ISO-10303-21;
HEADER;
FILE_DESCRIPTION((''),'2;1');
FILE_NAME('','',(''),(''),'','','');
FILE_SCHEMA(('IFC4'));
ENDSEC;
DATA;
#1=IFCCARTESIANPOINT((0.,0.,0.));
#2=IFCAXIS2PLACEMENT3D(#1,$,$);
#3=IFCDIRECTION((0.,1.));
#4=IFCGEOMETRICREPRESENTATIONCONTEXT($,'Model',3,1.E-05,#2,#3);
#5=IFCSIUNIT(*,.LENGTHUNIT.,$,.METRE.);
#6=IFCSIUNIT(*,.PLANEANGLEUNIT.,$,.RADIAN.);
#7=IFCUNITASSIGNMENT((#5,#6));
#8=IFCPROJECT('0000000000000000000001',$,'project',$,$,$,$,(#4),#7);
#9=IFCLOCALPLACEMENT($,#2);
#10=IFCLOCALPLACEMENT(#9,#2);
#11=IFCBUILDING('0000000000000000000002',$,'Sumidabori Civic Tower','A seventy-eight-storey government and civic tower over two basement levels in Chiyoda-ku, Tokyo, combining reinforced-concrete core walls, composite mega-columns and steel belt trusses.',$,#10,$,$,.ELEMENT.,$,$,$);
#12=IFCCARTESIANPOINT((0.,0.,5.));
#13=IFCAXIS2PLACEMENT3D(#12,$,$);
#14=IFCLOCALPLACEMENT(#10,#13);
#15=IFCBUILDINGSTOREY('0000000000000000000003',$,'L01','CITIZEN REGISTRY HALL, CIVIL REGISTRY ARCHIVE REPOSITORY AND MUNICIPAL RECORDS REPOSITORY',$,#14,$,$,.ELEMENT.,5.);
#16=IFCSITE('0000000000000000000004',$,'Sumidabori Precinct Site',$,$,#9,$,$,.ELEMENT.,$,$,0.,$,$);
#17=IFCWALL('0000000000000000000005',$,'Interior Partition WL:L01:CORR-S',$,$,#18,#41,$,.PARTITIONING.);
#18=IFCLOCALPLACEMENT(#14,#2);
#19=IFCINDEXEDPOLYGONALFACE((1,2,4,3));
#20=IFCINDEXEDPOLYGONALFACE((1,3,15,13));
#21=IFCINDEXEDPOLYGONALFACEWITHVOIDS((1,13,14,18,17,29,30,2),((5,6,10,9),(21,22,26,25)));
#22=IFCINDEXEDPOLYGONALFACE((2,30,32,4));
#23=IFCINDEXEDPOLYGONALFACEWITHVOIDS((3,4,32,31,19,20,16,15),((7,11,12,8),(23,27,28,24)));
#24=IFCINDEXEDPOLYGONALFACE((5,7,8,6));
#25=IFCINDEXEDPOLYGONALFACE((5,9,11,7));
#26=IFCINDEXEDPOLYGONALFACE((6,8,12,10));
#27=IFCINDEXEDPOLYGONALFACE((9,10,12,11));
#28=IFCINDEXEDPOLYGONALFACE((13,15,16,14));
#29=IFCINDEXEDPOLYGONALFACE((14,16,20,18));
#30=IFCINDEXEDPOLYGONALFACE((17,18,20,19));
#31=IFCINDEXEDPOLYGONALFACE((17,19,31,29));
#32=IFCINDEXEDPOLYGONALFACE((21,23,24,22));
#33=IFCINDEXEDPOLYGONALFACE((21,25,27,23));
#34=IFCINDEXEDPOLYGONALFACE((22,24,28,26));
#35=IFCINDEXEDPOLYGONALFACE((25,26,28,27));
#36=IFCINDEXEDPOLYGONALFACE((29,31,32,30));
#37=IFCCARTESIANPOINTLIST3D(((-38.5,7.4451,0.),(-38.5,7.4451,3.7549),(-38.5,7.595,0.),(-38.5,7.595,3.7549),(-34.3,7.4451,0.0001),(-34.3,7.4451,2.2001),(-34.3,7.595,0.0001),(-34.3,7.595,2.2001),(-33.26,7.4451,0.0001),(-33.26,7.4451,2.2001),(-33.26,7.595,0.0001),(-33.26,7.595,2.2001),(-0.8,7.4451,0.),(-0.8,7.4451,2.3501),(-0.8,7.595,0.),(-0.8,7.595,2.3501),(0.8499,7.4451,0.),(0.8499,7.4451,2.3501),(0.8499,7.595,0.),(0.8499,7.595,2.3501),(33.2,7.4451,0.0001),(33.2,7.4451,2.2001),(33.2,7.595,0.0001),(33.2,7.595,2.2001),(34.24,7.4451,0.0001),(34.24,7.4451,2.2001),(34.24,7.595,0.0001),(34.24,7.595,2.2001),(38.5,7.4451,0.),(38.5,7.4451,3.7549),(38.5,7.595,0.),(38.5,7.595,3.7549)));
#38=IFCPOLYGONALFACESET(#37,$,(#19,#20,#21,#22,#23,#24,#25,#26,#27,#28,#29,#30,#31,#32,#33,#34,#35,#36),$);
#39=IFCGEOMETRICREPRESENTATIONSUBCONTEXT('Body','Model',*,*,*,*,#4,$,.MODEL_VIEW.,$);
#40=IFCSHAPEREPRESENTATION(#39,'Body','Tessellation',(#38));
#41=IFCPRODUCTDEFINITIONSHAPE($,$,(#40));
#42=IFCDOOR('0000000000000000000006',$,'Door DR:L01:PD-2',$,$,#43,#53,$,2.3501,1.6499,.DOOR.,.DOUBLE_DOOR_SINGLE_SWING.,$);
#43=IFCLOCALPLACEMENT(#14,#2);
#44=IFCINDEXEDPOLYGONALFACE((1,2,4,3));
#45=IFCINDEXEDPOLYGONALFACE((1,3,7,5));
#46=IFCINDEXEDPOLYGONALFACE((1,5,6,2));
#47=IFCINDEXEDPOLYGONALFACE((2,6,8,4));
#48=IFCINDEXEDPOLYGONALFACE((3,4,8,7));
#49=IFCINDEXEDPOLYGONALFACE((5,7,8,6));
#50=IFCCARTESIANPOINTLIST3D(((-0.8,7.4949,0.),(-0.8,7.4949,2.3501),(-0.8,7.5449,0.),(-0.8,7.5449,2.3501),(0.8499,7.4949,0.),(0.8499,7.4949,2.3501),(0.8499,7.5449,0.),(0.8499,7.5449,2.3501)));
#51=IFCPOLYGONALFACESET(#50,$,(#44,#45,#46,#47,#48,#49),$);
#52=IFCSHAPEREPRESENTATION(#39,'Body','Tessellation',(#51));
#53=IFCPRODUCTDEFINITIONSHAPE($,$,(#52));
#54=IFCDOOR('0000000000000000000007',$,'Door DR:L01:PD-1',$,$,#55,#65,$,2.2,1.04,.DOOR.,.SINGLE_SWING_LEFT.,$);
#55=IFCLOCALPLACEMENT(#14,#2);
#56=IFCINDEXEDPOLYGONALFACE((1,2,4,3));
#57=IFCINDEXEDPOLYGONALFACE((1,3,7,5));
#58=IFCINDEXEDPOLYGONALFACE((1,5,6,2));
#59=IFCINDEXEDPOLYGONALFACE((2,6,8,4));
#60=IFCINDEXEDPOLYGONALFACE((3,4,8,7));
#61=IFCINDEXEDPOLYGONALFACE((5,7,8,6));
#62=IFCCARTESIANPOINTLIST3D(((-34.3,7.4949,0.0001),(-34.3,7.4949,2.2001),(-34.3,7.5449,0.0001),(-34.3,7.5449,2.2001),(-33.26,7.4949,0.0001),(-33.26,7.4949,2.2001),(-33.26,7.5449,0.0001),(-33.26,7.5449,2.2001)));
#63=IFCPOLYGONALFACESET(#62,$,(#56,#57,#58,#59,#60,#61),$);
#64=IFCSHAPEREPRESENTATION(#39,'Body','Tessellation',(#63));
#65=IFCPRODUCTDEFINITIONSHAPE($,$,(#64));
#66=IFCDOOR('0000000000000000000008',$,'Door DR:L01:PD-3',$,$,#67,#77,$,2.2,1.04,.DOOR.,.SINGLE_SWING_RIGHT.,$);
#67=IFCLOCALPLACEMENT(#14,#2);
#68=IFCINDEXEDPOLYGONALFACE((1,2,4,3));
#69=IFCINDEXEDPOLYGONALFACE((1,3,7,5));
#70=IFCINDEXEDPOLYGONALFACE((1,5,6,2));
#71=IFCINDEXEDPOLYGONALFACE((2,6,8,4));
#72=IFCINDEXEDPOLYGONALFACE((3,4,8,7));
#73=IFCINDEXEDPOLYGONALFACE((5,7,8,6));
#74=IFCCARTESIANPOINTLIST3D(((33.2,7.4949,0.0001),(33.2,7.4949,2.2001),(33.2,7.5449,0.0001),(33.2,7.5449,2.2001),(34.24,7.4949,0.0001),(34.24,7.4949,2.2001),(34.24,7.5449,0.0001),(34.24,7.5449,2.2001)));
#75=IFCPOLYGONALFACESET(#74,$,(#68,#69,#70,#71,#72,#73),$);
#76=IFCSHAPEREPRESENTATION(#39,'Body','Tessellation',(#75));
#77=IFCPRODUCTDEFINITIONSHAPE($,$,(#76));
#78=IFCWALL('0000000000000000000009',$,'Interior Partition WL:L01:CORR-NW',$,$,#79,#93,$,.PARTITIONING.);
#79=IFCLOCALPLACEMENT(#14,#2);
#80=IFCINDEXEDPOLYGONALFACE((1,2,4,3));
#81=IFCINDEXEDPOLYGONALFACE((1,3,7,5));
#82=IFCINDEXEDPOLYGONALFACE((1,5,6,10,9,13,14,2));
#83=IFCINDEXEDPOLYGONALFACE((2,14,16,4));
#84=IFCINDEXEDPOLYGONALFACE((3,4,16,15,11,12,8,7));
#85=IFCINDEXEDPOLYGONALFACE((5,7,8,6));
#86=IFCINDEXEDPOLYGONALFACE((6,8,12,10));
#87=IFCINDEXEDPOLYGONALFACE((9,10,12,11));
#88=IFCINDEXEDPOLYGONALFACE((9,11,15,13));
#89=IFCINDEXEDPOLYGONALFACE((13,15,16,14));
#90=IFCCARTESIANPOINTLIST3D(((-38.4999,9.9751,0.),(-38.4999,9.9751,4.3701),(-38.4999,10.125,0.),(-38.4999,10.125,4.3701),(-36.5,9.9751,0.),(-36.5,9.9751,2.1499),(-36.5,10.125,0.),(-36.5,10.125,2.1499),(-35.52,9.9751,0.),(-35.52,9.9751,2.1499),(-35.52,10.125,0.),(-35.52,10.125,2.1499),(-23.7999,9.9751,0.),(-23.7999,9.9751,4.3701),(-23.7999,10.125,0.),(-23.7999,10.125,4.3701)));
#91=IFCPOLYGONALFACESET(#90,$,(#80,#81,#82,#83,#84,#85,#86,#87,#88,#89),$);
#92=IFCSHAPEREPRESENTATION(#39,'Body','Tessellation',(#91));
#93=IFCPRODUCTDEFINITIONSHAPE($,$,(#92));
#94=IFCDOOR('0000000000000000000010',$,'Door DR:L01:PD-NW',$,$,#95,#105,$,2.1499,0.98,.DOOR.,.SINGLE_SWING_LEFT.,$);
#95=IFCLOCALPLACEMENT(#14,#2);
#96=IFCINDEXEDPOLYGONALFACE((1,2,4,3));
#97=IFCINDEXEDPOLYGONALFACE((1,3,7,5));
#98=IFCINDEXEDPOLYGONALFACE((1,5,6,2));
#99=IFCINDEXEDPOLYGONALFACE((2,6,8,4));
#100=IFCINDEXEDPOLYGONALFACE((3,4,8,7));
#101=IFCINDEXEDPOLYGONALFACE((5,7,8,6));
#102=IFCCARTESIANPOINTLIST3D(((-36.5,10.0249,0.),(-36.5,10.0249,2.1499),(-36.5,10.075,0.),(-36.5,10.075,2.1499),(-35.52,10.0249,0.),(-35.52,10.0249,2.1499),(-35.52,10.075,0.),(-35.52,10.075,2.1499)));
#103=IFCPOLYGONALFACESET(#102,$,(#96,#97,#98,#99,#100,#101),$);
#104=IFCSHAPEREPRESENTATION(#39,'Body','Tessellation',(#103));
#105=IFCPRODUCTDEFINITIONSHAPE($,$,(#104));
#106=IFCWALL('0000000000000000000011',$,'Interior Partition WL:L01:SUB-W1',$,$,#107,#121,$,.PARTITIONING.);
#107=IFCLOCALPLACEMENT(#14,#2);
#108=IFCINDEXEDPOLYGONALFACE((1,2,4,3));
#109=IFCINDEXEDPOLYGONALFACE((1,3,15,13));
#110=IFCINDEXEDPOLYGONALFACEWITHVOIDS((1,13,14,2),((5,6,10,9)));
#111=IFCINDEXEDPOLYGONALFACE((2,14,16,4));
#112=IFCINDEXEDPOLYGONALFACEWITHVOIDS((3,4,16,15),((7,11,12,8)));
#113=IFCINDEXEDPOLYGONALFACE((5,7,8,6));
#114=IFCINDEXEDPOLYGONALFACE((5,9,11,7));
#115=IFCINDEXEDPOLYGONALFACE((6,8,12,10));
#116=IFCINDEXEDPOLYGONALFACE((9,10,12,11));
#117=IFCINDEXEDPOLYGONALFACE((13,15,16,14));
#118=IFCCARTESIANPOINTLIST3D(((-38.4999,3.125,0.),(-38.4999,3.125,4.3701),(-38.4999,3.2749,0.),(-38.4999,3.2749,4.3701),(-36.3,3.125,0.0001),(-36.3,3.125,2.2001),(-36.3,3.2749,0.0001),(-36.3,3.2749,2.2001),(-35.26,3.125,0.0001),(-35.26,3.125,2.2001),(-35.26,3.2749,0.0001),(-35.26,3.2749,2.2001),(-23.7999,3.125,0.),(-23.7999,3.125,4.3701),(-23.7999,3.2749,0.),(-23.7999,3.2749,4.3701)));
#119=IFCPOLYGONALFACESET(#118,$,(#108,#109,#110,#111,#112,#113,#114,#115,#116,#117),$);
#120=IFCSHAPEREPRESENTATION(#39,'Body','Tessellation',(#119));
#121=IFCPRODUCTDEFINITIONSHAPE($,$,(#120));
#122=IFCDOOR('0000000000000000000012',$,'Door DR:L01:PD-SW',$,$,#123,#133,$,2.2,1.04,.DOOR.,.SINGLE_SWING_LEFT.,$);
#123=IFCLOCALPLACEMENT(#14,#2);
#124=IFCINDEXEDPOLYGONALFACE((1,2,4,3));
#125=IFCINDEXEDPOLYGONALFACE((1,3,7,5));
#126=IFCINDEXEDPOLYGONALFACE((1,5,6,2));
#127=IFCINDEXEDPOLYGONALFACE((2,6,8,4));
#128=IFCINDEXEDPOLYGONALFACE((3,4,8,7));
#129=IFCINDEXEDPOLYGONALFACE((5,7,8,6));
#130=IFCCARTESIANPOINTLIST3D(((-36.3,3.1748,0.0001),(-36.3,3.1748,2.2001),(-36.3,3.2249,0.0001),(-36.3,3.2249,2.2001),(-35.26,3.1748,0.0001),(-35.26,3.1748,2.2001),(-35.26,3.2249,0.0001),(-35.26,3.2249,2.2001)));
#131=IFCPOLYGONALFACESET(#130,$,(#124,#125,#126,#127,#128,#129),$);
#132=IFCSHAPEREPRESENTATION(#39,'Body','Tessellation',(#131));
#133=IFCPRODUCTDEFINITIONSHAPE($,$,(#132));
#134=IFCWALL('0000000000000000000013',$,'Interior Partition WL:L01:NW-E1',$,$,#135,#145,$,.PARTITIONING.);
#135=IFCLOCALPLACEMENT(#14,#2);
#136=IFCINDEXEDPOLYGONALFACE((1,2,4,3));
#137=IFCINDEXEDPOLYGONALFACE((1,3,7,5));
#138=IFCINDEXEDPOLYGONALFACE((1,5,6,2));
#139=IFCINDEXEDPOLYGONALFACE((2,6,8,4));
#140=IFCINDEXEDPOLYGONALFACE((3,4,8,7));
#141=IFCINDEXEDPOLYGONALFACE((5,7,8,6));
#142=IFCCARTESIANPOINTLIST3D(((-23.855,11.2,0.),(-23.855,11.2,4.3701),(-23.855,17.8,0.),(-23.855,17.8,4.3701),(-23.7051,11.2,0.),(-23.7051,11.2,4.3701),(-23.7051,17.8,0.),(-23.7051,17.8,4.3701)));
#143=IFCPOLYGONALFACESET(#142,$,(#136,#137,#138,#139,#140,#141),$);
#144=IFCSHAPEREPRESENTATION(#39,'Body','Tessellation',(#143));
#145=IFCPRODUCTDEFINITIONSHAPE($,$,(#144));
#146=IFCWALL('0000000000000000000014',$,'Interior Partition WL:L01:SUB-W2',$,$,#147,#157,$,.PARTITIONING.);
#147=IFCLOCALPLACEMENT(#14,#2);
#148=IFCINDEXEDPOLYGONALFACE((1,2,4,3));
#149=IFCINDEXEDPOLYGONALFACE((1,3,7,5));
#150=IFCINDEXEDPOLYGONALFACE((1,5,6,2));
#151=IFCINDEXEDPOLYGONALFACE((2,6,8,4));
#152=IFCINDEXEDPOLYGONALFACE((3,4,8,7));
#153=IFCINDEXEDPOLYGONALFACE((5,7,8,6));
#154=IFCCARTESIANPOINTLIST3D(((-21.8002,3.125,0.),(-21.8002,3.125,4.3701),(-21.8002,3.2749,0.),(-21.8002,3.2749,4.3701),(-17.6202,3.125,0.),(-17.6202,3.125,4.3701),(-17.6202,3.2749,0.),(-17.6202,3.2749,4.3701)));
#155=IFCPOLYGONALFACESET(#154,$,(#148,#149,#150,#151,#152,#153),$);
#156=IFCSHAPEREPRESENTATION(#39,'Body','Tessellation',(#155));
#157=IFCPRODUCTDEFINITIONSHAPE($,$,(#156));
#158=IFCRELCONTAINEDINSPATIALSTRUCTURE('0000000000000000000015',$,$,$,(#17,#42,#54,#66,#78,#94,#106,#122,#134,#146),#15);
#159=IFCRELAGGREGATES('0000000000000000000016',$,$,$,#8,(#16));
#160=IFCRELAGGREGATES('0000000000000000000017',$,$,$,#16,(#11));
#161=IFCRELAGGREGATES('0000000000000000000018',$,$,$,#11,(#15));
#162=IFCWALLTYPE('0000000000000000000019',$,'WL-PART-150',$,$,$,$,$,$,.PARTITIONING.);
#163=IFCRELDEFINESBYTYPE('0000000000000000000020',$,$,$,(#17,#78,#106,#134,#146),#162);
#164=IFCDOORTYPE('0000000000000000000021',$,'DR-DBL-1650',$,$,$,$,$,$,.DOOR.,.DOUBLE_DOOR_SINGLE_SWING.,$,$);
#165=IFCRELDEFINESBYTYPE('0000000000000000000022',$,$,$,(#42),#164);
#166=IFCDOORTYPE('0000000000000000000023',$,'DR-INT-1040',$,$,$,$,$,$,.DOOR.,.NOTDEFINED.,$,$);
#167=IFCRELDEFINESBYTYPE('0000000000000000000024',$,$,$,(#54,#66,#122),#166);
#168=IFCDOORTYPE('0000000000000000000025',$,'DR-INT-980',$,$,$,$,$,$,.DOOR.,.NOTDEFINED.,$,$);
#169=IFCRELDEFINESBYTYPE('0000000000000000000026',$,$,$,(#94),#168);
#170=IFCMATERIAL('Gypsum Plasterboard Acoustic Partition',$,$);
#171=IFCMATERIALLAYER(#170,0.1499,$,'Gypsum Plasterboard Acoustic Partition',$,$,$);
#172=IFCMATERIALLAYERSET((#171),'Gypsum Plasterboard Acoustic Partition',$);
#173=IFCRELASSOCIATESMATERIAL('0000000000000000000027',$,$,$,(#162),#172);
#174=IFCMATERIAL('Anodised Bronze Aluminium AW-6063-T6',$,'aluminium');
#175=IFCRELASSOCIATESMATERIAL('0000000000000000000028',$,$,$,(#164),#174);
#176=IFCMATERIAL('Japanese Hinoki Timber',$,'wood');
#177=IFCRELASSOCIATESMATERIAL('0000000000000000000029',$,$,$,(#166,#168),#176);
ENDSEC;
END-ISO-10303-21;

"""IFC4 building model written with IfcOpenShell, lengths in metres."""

from ifc_helpers import new_model, si_unit, direction, frame, frame_2d, origin, place, context, subcontext, project, spatial, rectangle, extrude, source, transform, mapped, material, layer, layer_set, type_object, element, fill, save


model = new_model("IFC4")

# Units and contexts
model_context = context("Model", 3, precision=1e-05, world=origin(), true_north=direction((0.0, 1.0)))
body_context = subcontext(model_context, "Body", "Model", "MODEL_VIEW")
ifc_project = project(units=[si_unit("LENGTHUNIT", "METRE"), si_unit("PLANEANGLEUNIT", "RADIAN")], contexts=[model_context])

# Site, building, storey
site_placement = place(None, origin())
site = spatial("IfcSite", under=ifc_project, at=site_placement, Name="Sumidabori Precinct Site", CompositionType="ELEMENT", RefElevation=0.0)
building_placement = place(site_placement, origin())
building = spatial("IfcBuilding", under=site, at=building_placement, Name="Sumidabori Civic Tower", Description="A seventy-eight-storey government and civic tower over two basement levels in Chiyoda-ku, Tokyo, combining reinforced-concrete core walls, composite mega-columns and steel belt trusses.", CompositionType="ELEMENT")
storey_placement = place(building_placement, frame((0.0, 0.0, 5.0)))
storey = spatial("IfcBuildingStorey", under=building, at=storey_placement, Name="L01", Description="CITIZEN REGISTRY HALL, CIVIL REGISTRY ARCHIVE REPOSITORY AND MUNICIPAL RECORDS REPOSITORY", CompositionType="ELEMENT", Elevation=5.0)

# Wall, openings, doors
ifc_material_1 = material(Name="Gypsum Plasterboard Acoustic Partition")
ifc_layer_1 = layer(ifc_material_1, 0.1499, Name="Gypsum Plasterboard Acoustic Partition")
ifc_layer_set_1 = layer_set([ifc_layer_1], Name="Gypsum Plasterboard Acoustic Partition")
wall_type_1 = type_object("IfcWallType", Name="WL-PART-150", PredefinedType="PARTITIONING", material=ifc_layer_set_1)
shared_shape_1 = source(origin(), body_context, "Body", "SweptSolid", [
    extrude(rectangle(XDim=77.0, YDim=0.1499, at=frame_2d((38.5, 0.0))), origin(), (0.0, 0.0, 1.0), 3.7549),
])
wall_1_placement = place(storey_placement, frame((-38.5, 7.52, 0.0), z_axis=(0.0, 0.0, 1.0), x_axis=(1.0, 0.0, 0.0)))
wall_1 = element("IfcWall", 1, at=wall_1_placement, inside=storey, type_object=wall_type_1, Name="Interior Partition WL:L01:CORR-S", PredefinedType="PARTITIONING", context=body_context, shape_type="MappedRepresentation", body=[
    mapped(shared_shape_1, transform((0.0, 0.0, 0.0), x_axis=(1.0, 0.0, 0.0), y_axis=(0.0, 1.0, 0.0), z_axis=(0.0, 0.0, 1.0), scale=1.0)),
])
opening_1_placement = place(wall_1_placement, frame((4.2, 0.0, 0.0)))
opening_1 = element("IfcOpeningElement", 2, at=opening_1_placement, cuts=wall_1, PredefinedType="OPENING", context=body_context, shape_type="SweptSolid", body=[
    extrude(rectangle(XDim=1.04, YDim=2.2, at=frame_2d((0.52, 1.1001))), frame((0.0, 0.0869, 0.0), z_axis=(0.0, -1.0, 0.0), x_axis=(1.0, 0.0, 0.0)), (0.0, 0.0, 1.0), 0.1738),
])
opening_2_placement = place(wall_1_placement, frame((37.7, 0.0, 0.0)))
opening_2 = element("IfcOpeningElement", 3, at=opening_2_placement, cuts=wall_1, PredefinedType="OPENING", context=body_context, shape_type="SweptSolid", body=[
    extrude(rectangle(XDim=1.6499, YDim=2.3501, at=frame_2d((0.825, 1.175))), frame((0.0, 0.0869, 0.0), z_axis=(0.0, -1.0, 0.0), x_axis=(1.0, 0.0, 0.0)), (0.0, 0.0, 1.0), 0.1738),
])
opening_3_placement = place(wall_1_placement, frame((71.7, 0.0, 0.0)))
opening_3 = element("IfcOpeningElement", 4, at=opening_3_placement, cuts=wall_1, PredefinedType="OPENING", context=body_context, shape_type="SweptSolid", body=[
    extrude(rectangle(XDim=1.04, YDim=2.2, at=frame_2d((0.52, 1.1001))), frame((0.0, 0.0869, 0.0), z_axis=(0.0, -1.0, 0.0), x_axis=(1.0, 0.0, 0.0)), (0.0, 0.0, 1.0), 0.1738),
])
ifc_material_2 = material(Name="Anodised Bronze Aluminium AW-6063-T6", Category="aluminium")
door_type_1 = type_object("IfcDoorType", Name="DR-DBL-1650", OperationType="DOUBLE_DOOR_SINGLE_SWING", PredefinedType="DOOR", material=ifc_material_2)
shared_shape_2 = source(origin(), body_context, "Body", "SweptSolid", [
    extrude(rectangle(XDim=1.6499, YDim=2.3501, at=frame_2d((0.825, 1.175))), frame((0.0, 0.0249, 0.0), z_axis=(0.0, -1.0, 0.0), x_axis=(1.0, 0.0, 0.0)), (0.0, 0.0, 1.0), 0.05),
])
door_1_placement = place(opening_2_placement, origin())
door_1 = element("IfcDoor", 5, at=door_1_placement, inside=storey, type_object=door_type_1, Name="Door DR:L01:PD-2", OperationType="DOUBLE_DOOR_SINGLE_SWING", OverallHeight=2.3501, OverallWidth=1.6499, PredefinedType="DOOR", context=body_context, shape_type="MappedRepresentation", body=[
    mapped(shared_shape_2, transform((0.0, 0.0, 0.0), x_axis=(1.0, 0.0, 0.0), y_axis=(0.0, 1.0, 0.0), z_axis=(0.0, 0.0, 1.0), scale=1.0)),
])
fill(opening_2, door_1)
ifc_material_3 = material(Name="Japanese Hinoki Timber", Category="wood")
door_type_2 = type_object("IfcDoorType", Name="DR-INT-1040", OperationType="NOTDEFINED", PredefinedType="DOOR", material=ifc_material_3)
shared_shape_3 = source(origin(), body_context, "Body", "SweptSolid", [
    extrude(rectangle(XDim=1.04, YDim=2.2, at=frame_2d((0.52, 1.1001))), frame((0.0, 0.0249, 0.0), z_axis=(0.0, -1.0, 0.0), x_axis=(1.0, 0.0, 0.0)), (0.0, 0.0, 1.0), 0.05),
])
door_2_placement = place(opening_1_placement, origin())
door_2 = element("IfcDoor", 6, at=door_2_placement, inside=storey, type_object=door_type_2, Name="Door DR:L01:PD-1", OperationType="SINGLE_SWING_LEFT", OverallHeight=2.2, OverallWidth=1.04, PredefinedType="DOOR", context=body_context, shape_type="MappedRepresentation", body=[
    mapped(shared_shape_3, transform((0.0, 0.0, 0.0), x_axis=(1.0, 0.0, 0.0), y_axis=(0.0, 1.0, 0.0), z_axis=(0.0, 0.0, 1.0), scale=1.0)),
])
fill(opening_1, door_2)
door_3_placement = place(opening_3_placement, origin())
door_3 = element("IfcDoor", 7, at=door_3_placement, inside=storey, type_object=door_type_2, Name="Door DR:L01:PD-3", OperationType="SINGLE_SWING_RIGHT", OverallHeight=2.2, OverallWidth=1.04, PredefinedType="DOOR", context=body_context, shape_type="MappedRepresentation", body=[
    mapped(shared_shape_3, transform((0.0, 0.0, 0.0), x_axis=(1.0, 0.0, 0.0), y_axis=(0.0, 1.0, 0.0), z_axis=(0.0, 0.0, 1.0), scale=1.0)),
])
fill(opening_3, door_3)

# Walls, openings, doors
shared_shape_4 = source(origin(), body_context, "Body", "SweptSolid", [
    extrude(rectangle(XDim=14.7, YDim=0.1499, at=frame_2d((7.3501, 0.0))), origin(), (0.0, 0.0, 1.0), 4.3701),
])
wall_2_placement = place(storey_placement, frame((-38.5, 10.05, 0.0), z_axis=(0.0, 0.0, 1.0), x_axis=(1.0, 0.0, 0.0)))
wall_2 = element("IfcWall", 8, at=wall_2_placement, inside=storey, type_object=wall_type_1, Name="Interior Partition WL:L01:CORR-NW", PredefinedType="PARTITIONING", context=body_context, shape_type="MappedRepresentation", body=[
    mapped(shared_shape_4, transform((0.0, 0.0, 0.0), x_axis=(1.0, 0.0, 0.0), y_axis=(0.0, 1.0, 0.0), z_axis=(0.0, 0.0, 1.0), scale=1.0)),
])
opening_4_placement = place(wall_2_placement, frame((2.0, 0.0, 0.0)))
opening_4 = element("IfcOpeningElement", 9, at=opening_4_placement, cuts=wall_2, PredefinedType="OPENING", context=body_context, shape_type="SweptSolid", body=[
    extrude(rectangle(XDim=0.98, YDim=2.1499, at=frame_2d((0.49, 1.075))), frame((0.0, 0.0869, 0.0), z_axis=(0.0, -1.0, 0.0), x_axis=(1.0, 0.0, 0.0)), (0.0, 0.0, 1.0), 0.1738),
])
door_type_3 = type_object("IfcDoorType", Name="DR-INT-980", OperationType="NOTDEFINED", PredefinedType="DOOR", material=ifc_material_3)
shared_shape_5 = source(origin(), body_context, "Body", "SweptSolid", [
    extrude(rectangle(XDim=0.98, YDim=2.1499, at=frame_2d((0.49, 1.075))), frame((0.0, 0.0249, 0.0), z_axis=(0.0, -1.0, 0.0), x_axis=(1.0, 0.0, 0.0)), (0.0, 0.0, 1.0), 0.05),
])
door_4_placement = place(opening_4_placement, origin())
door_4 = element("IfcDoor", 10, at=door_4_placement, inside=storey, type_object=door_type_3, Name="Door DR:L01:PD-NW", OperationType="SINGLE_SWING_LEFT", OverallHeight=2.1499, OverallWidth=0.98, PredefinedType="DOOR", context=body_context, shape_type="MappedRepresentation", body=[
    mapped(shared_shape_5, transform((0.0, 0.0, 0.0), x_axis=(1.0, 0.0, 0.0), y_axis=(0.0, 1.0, 0.0), z_axis=(0.0, 0.0, 1.0), scale=1.0)),
])
fill(opening_4, door_4)
wall_3_placement = place(storey_placement, frame((-38.5, 3.2, 0.0), z_axis=(0.0, 0.0, 1.0), x_axis=(1.0, 0.0, 0.0)))
wall_3 = element("IfcWall", 11, at=wall_3_placement, inside=storey, type_object=wall_type_1, Name="Interior Partition WL:L01:SUB-W1", PredefinedType="PARTITIONING", context=body_context, shape_type="MappedRepresentation", body=[
    mapped(shared_shape_4, transform((0.0, 0.0, 0.0), x_axis=(1.0, 0.0, 0.0), y_axis=(0.0, 1.0, 0.0), z_axis=(0.0, 0.0, 1.0), scale=1.0)),
])
opening_5_placement = place(wall_3_placement, frame((2.2, 0.0, 0.0)))
opening_5 = element("IfcOpeningElement", 12, at=opening_5_placement, cuts=wall_3, PredefinedType="OPENING", context=body_context, shape_type="SweptSolid", body=[
    extrude(rectangle(XDim=1.04, YDim=2.2, at=frame_2d((0.52, 1.1001))), frame((0.0, 0.0869, 0.0), z_axis=(0.0, -1.0, 0.0), x_axis=(1.0, 0.0, 0.0)), (0.0, 0.0, 1.0), 0.1738),
])
door_5_placement = place(opening_5_placement, origin())
door_5 = element("IfcDoor", 13, at=door_5_placement, inside=storey, type_object=door_type_2, Name="Door DR:L01:PD-SW", OperationType="SINGLE_SWING_LEFT", OverallHeight=2.2, OverallWidth=1.04, PredefinedType="DOOR", context=body_context, shape_type="MappedRepresentation", body=[
    mapped(shared_shape_3, transform((0.0, 0.0, 0.0), x_axis=(1.0, 0.0, 0.0), y_axis=(0.0, 1.0, 0.0), z_axis=(0.0, 0.0, 1.0), scale=1.0)),
])
fill(opening_5, door_5)

# Walls
shared_shape_6 = source(origin(), body_context, "Body", "SweptSolid", [
    extrude(rectangle(XDim=6.6001, YDim=0.1499, at=frame_2d((3.3, 0.0))), origin(), (0.0, 0.0, 1.0), 4.3701),
])
wall_4_placement = place(storey_placement, frame((-23.78, 11.2, 0.0), z_axis=(0.0, 0.0, 1.0), x_axis=(0.0, 1.0, 0.0)))
element("IfcWall", 14, at=wall_4_placement, inside=storey, type_object=wall_type_1, Name="Interior Partition WL:L01:NW-E1", PredefinedType="PARTITIONING", context=body_context, shape_type="MappedRepresentation", body=[
    mapped(shared_shape_6, transform((0.0, 0.0, 0.0), x_axis=(1.0, 0.0, 0.0), y_axis=(0.0, 1.0, 0.0), z_axis=(0.0, 0.0, 1.0), scale=1.0)),
])
shared_shape_7 = source(origin(), body_context, "Body", "SweptSolid", [
    extrude(rectangle(XDim=4.1799, YDim=0.1499, at=frame_2d((2.0898, 0.0))), origin(), (0.0, 0.0, 1.0), 4.3701),
])
wall_5_placement = place(storey_placement, frame((-21.8, 3.2, 0.0), z_axis=(0.0, 0.0, 1.0), x_axis=(1.0, 0.0, 0.0)))
element("IfcWall", 15, at=wall_5_placement, inside=storey, type_object=wall_type_1, Name="Interior Partition WL:L01:SUB-W2", PredefinedType="PARTITIONING", context=body_context, shape_type="MappedRepresentation", body=[
    mapped(shared_shape_7, transform((0.0, 0.0, 0.0), x_axis=(1.0, 0.0, 0.0), y_axis=(0.0, 1.0, 0.0), z_axis=(0.0, 0.0, 1.0), scale=1.0)),
])

save(model, "model.ifc")
